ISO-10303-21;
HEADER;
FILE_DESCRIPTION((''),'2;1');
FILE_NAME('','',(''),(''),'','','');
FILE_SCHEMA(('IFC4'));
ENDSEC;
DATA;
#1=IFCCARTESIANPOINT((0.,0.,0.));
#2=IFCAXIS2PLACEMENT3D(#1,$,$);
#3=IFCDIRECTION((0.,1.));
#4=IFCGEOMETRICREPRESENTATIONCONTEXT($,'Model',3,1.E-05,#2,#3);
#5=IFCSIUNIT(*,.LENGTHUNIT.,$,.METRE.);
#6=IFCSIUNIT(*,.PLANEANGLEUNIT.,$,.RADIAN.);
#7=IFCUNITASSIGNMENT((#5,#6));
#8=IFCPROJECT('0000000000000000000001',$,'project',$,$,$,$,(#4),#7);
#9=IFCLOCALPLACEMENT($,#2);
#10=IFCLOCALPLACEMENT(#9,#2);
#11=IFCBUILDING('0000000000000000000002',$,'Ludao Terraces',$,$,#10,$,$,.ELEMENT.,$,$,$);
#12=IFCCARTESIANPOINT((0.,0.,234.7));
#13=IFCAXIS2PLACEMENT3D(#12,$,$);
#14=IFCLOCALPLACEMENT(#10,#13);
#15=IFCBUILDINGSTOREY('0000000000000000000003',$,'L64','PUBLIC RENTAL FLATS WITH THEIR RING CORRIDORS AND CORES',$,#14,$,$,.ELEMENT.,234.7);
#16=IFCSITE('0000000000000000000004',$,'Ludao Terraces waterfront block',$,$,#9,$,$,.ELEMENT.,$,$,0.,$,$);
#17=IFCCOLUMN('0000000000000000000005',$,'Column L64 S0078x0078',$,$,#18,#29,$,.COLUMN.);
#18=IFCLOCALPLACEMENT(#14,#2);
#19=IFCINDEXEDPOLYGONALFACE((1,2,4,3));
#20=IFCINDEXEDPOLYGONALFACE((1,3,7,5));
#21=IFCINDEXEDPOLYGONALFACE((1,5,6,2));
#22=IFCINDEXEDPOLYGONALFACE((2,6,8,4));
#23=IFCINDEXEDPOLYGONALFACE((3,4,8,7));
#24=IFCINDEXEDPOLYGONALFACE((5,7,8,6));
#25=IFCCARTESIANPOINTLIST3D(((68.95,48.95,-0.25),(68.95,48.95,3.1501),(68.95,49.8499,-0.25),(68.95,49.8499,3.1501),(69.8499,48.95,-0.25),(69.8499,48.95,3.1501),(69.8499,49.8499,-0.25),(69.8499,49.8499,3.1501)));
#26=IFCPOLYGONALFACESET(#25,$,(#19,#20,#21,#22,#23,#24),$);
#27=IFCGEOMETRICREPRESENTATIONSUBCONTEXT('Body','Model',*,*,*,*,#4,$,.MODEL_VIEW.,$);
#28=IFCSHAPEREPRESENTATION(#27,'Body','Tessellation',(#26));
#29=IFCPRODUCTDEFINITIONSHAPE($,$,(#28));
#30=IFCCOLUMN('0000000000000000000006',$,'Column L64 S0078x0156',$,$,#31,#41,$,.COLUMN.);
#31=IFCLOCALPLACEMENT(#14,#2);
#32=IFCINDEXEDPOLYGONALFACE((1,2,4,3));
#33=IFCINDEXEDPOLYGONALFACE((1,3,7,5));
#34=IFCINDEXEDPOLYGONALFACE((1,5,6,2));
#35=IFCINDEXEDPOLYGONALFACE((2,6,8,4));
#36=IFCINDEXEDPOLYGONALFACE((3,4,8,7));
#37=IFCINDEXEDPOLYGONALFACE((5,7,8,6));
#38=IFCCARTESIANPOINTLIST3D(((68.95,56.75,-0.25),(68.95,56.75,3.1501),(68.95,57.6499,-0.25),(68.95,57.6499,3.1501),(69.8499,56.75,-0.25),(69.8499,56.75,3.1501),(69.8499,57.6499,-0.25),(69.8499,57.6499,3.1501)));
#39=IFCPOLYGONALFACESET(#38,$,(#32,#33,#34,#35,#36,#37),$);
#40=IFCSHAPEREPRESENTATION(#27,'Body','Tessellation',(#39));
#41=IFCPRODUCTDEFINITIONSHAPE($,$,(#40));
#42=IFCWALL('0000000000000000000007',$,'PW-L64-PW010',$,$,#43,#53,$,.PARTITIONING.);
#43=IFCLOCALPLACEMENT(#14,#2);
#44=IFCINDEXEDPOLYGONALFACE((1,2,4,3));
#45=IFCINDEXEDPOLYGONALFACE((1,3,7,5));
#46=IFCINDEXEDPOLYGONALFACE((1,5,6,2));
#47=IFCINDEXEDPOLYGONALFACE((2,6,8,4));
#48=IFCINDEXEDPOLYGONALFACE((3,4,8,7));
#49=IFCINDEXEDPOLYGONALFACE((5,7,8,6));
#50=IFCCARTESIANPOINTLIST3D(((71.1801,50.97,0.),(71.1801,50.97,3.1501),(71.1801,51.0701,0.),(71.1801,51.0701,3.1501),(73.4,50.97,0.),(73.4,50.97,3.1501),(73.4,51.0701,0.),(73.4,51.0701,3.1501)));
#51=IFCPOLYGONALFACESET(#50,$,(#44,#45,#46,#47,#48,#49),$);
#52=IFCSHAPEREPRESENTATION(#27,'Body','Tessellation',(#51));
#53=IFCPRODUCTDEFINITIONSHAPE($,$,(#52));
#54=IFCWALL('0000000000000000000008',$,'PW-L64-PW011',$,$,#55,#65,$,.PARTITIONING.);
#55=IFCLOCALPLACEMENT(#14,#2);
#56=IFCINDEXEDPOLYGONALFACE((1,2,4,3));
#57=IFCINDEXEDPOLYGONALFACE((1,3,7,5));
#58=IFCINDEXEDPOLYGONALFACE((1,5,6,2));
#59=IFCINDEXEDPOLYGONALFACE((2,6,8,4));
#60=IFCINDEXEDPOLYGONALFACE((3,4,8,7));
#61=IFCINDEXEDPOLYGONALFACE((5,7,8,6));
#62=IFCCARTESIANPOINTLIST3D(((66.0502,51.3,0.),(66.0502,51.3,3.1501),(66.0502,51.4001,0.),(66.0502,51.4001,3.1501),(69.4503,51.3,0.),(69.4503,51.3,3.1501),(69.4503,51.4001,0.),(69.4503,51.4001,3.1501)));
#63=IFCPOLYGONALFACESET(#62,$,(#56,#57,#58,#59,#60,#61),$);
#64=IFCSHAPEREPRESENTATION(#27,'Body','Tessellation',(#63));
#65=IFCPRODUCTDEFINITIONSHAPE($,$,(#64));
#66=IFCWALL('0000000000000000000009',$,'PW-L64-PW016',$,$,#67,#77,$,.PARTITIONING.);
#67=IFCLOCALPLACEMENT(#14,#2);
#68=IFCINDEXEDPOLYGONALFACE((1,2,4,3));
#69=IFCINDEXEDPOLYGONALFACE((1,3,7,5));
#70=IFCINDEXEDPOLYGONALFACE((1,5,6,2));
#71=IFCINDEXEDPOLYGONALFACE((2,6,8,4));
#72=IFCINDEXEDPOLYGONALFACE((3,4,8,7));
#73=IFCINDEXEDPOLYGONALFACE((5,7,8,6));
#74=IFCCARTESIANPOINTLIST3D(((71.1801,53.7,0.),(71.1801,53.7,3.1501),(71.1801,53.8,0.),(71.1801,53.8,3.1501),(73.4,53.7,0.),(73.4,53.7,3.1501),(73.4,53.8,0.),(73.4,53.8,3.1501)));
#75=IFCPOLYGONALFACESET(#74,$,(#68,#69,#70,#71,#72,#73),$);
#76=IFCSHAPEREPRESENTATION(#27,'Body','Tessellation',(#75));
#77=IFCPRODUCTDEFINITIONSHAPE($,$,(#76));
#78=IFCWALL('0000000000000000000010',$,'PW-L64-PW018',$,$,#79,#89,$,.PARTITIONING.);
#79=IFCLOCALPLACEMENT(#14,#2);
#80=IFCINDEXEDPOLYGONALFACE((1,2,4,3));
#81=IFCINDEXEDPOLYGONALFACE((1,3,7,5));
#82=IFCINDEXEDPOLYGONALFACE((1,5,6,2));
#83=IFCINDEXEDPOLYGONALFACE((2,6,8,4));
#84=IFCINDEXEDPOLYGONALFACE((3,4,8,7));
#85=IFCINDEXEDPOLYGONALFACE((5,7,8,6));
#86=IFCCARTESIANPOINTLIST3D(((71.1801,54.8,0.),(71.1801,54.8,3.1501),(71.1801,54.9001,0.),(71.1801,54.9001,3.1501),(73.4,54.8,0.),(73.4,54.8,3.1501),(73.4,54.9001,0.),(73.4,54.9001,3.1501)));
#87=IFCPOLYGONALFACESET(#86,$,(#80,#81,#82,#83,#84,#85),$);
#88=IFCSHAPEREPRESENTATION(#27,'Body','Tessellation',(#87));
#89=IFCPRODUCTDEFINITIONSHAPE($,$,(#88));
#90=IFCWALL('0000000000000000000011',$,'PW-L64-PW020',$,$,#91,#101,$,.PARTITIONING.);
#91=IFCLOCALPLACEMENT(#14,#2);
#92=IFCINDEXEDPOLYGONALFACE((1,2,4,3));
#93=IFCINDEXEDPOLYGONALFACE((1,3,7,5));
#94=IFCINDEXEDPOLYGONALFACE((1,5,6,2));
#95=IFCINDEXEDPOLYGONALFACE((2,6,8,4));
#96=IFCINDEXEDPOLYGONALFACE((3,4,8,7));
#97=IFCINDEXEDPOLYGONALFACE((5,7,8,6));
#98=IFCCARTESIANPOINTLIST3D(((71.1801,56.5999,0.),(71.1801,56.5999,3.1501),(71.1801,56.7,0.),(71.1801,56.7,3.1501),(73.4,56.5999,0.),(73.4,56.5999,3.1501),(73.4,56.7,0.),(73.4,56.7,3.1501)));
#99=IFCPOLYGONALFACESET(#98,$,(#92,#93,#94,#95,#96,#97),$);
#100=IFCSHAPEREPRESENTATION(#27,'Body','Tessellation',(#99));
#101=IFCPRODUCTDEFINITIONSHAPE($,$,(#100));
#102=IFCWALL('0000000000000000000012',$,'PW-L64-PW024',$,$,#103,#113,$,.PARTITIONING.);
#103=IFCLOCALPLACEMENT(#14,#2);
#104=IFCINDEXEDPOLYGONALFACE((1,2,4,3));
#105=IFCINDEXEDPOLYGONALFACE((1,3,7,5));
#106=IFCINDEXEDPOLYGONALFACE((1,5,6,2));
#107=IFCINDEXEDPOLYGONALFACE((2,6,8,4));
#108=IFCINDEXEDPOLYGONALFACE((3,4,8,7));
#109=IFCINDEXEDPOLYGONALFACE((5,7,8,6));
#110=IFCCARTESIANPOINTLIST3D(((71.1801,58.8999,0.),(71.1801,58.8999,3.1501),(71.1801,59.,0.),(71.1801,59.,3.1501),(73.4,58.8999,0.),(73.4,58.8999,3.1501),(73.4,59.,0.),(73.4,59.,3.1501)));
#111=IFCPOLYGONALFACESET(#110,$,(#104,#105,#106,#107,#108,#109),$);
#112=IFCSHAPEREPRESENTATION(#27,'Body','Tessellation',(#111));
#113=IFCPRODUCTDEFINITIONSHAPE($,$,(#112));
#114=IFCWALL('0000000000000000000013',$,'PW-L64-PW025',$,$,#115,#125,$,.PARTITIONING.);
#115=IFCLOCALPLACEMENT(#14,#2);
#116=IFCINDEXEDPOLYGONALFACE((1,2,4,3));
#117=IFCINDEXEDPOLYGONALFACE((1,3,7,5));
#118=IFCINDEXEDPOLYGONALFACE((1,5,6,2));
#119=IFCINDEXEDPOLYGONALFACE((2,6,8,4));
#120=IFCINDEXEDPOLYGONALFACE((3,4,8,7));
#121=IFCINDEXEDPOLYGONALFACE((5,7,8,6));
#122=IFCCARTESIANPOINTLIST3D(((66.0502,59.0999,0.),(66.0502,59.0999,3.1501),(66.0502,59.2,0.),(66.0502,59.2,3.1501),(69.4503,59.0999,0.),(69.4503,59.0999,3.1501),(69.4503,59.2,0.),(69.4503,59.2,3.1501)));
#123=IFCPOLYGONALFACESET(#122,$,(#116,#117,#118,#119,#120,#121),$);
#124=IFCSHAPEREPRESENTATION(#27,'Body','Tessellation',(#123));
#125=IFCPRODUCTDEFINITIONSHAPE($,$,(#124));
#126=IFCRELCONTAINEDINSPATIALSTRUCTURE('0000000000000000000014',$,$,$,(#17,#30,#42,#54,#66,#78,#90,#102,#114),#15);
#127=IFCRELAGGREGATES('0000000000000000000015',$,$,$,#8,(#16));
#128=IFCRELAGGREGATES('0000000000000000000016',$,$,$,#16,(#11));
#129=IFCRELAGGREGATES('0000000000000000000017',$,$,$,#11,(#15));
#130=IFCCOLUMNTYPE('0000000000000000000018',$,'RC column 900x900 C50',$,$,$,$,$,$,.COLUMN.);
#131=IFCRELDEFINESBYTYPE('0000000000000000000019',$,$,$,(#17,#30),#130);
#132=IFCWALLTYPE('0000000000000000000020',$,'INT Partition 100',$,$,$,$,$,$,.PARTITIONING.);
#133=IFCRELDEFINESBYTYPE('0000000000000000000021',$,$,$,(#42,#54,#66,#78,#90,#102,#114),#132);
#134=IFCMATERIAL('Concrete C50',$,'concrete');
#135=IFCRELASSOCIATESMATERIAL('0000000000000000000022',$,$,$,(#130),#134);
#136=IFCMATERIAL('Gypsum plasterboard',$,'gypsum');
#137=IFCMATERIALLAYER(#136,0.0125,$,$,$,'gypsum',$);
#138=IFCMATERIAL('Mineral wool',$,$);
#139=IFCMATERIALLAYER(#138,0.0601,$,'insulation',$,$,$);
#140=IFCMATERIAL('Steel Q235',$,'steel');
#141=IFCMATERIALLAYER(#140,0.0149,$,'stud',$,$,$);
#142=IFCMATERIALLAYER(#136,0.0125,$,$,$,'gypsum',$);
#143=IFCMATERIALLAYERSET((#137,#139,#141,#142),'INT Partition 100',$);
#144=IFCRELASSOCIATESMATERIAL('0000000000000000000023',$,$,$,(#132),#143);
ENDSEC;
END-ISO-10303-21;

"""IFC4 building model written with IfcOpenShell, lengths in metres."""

from ifc_helpers import new_model, si_unit, direction, frame, frame_2d, origin, origin_2d, place, context, subcontext, project, spatial, rectangle, extrude, material, layer, layer_set, material_profile, profile_set, type_object, element, save


model = new_model("IFC4")

# Units and contexts
model_context = context("Model", 3, precision=1e-05, world=origin(), true_north=direction((0.0, 1.0)))
body_context = subcontext(model_context, "Body", "Model", "MODEL_VIEW")
ifc_project = project(units=[si_unit("LENGTHUNIT", "METRE"), si_unit("PLANEANGLEUNIT", "RADIAN")], contexts=[model_context])

# Site, building, storey
site_placement = place(None, origin())
site = spatial("IfcSite", under=ifc_project, at=site_placement, Name="Ludao Terraces waterfront block", CompositionType="ELEMENT", RefElevation=0.0)
building_placement = place(site_placement, origin())
building = spatial("IfcBuilding", under=site, at=building_placement, Name="Ludao Terraces", CompositionType="ELEMENT")
storey_placement = place(building_placement, frame((0.0, 0.0, 234.7)))
storey = spatial("IfcBuildingStorey", under=building, at=storey_placement, Name="L64", Description="PUBLIC RENTAL FLATS WITH THEIR RING CORRIDORS AND CORES", CompositionType="ELEMENT", Elevation=234.7)

# Columns
ifc_material_1 = material(Name="Concrete C50", Category="concrete")
ifc_material_profile = material_profile(ifc_material_1, rectangle(XDim=0.8999, YDim=0.8999, at=origin_2d()), Name="900 X 900")
ifc_profile_set = profile_set([ifc_material_profile], Name="Concrete C50")
column_type = type_object("IfcColumnType", Name="RC column 900x900 C50", PredefinedType="COLUMN", material=ifc_profile_set)
for number, where, z_axis, x_axis, name in (
    (1, (69.3999, 49.3999, -0.25), (0.0, 0.0, 1.0), (1.0, 0.0, 0.0), "Column L64 S0078x0078"),
    (2, (69.3999, 57.2, -0.25), (0.0, 0.0, 1.0), (1.0, 0.0, 0.0), "Column L64 S0078x0156"),
):
    element("IfcColumn", number, at=place(storey_placement, frame(where, z_axis=z_axis, x_axis=x_axis)), inside=storey, type_object=column_type, Name=name, PredefinedType="COLUMN", context=body_context, shape_type="SweptSolid", body=[
        extrude(rectangle(XDim=0.8999, YDim=0.8999, at=origin_2d()), origin(), (0.0, 0.0, 1.0), 3.4001),
    ])

# Walls
ifc_material_2 = material(Name="Gypsum plasterboard", Category="gypsum")
ifc_layer_1 = layer(ifc_material_2, 0.0125, Category="gypsum")
ifc_material_3 = material(Name="Mineral wool")
ifc_layer_2 = layer(ifc_material_3, 0.0601, Name="insulation")
ifc_material_4 = material(Name="Steel Q235", Category="steel")
ifc_layer_3 = layer(ifc_material_4, 0.0149, Name="stud")
ifc_layer_4 = layer(ifc_material_2, 0.0125, Category="gypsum")
ifc_layer_set = layer_set([ifc_layer_1, ifc_layer_2, ifc_layer_3, ifc_layer_4], Name="INT Partition 100")
wall_type = type_object("IfcWallType", Name="INT Partition 100", PredefinedType="PARTITIONING", material=ifc_layer_set)
wall_1_placement = place(storey_placement, frame((71.1802, 51.02, 0.0), z_axis=(0.0, 0.0, 1.0), x_axis=(1.0, 0.0, 0.0)))
element("IfcWall", 3, at=wall_1_placement, inside=storey, type_object=wall_type, Name="PW-L64-PW010", PredefinedType="PARTITIONING", context=body_context, shape_type="SweptSolid", body=[
    extrude(rectangle(XDim=2.22, YDim=0.1001, at=frame_2d((1.1099, 0.0))), origin(), (0.0, 0.0, 1.0), 3.1501),
])
wall_2_placement = place(storey_placement, frame((66.05, 51.3501, 0.0), z_axis=(0.0, 0.0, 1.0), x_axis=(1.0, 0.0, 0.0)))
element("IfcWall", 4, at=wall_2_placement, inside=storey, type_object=wall_type, Name="PW-L64-PW011", PredefinedType="PARTITIONING", context=body_context, shape_type="SweptSolid", body=[
    extrude(rectangle(XDim=3.4001, YDim=0.1001, at=frame_2d((1.7002, 0.0))), origin(), (0.0, 0.0, 1.0), 3.1501),
])
for number, where, z_axis, x_axis, name in (
    (5, (71.1802, 53.75, 0.0), (0.0, 0.0, 1.0), (1.0, 0.0, 0.0), "PW-L64-PW016"),
    (6, (71.1802, 54.8501, 0.0), (0.0, 0.0, 1.0), (1.0, 0.0, 0.0), "PW-L64-PW018"),
    (7, (71.1802, 56.6499, 0.0), (0.0, 0.0, 1.0), (1.0, 0.0, 0.0), "PW-L64-PW020"),
    (8, (71.1802, 58.95, 0.0), (0.0, 0.0, 1.0), (1.0, 0.0, 0.0), "PW-L64-PW024"),
):
    element("IfcWall", number, at=place(storey_placement, frame(where, z_axis=z_axis, x_axis=x_axis)), inside=storey, type_object=wall_type, Name=name, PredefinedType="PARTITIONING", context=body_context, shape_type="SweptSolid", body=[
        extrude(rectangle(XDim=2.22, YDim=0.1001, at=frame_2d((1.1099, 0.0))), origin(), (0.0, 0.0, 1.0), 3.1501),
    ])
wall_3_placement = place(storey_placement, frame((66.05, 59.1499, 0.0), z_axis=(0.0, 0.0, 1.0), x_axis=(1.0, 0.0, 0.0)))
element("IfcWall", 9, at=wall_3_placement, inside=storey, type_object=wall_type, Name="PW-L64-PW025", PredefinedType="PARTITIONING", context=body_context, shape_type="SweptSolid", body=[
    extrude(rectangle(XDim=3.4001, YDim=0.1001, at=frame_2d((1.7002, 0.0))), origin(), (0.0, 0.0, 1.0), 3.1501),
])

save(model, "model.ifc")
